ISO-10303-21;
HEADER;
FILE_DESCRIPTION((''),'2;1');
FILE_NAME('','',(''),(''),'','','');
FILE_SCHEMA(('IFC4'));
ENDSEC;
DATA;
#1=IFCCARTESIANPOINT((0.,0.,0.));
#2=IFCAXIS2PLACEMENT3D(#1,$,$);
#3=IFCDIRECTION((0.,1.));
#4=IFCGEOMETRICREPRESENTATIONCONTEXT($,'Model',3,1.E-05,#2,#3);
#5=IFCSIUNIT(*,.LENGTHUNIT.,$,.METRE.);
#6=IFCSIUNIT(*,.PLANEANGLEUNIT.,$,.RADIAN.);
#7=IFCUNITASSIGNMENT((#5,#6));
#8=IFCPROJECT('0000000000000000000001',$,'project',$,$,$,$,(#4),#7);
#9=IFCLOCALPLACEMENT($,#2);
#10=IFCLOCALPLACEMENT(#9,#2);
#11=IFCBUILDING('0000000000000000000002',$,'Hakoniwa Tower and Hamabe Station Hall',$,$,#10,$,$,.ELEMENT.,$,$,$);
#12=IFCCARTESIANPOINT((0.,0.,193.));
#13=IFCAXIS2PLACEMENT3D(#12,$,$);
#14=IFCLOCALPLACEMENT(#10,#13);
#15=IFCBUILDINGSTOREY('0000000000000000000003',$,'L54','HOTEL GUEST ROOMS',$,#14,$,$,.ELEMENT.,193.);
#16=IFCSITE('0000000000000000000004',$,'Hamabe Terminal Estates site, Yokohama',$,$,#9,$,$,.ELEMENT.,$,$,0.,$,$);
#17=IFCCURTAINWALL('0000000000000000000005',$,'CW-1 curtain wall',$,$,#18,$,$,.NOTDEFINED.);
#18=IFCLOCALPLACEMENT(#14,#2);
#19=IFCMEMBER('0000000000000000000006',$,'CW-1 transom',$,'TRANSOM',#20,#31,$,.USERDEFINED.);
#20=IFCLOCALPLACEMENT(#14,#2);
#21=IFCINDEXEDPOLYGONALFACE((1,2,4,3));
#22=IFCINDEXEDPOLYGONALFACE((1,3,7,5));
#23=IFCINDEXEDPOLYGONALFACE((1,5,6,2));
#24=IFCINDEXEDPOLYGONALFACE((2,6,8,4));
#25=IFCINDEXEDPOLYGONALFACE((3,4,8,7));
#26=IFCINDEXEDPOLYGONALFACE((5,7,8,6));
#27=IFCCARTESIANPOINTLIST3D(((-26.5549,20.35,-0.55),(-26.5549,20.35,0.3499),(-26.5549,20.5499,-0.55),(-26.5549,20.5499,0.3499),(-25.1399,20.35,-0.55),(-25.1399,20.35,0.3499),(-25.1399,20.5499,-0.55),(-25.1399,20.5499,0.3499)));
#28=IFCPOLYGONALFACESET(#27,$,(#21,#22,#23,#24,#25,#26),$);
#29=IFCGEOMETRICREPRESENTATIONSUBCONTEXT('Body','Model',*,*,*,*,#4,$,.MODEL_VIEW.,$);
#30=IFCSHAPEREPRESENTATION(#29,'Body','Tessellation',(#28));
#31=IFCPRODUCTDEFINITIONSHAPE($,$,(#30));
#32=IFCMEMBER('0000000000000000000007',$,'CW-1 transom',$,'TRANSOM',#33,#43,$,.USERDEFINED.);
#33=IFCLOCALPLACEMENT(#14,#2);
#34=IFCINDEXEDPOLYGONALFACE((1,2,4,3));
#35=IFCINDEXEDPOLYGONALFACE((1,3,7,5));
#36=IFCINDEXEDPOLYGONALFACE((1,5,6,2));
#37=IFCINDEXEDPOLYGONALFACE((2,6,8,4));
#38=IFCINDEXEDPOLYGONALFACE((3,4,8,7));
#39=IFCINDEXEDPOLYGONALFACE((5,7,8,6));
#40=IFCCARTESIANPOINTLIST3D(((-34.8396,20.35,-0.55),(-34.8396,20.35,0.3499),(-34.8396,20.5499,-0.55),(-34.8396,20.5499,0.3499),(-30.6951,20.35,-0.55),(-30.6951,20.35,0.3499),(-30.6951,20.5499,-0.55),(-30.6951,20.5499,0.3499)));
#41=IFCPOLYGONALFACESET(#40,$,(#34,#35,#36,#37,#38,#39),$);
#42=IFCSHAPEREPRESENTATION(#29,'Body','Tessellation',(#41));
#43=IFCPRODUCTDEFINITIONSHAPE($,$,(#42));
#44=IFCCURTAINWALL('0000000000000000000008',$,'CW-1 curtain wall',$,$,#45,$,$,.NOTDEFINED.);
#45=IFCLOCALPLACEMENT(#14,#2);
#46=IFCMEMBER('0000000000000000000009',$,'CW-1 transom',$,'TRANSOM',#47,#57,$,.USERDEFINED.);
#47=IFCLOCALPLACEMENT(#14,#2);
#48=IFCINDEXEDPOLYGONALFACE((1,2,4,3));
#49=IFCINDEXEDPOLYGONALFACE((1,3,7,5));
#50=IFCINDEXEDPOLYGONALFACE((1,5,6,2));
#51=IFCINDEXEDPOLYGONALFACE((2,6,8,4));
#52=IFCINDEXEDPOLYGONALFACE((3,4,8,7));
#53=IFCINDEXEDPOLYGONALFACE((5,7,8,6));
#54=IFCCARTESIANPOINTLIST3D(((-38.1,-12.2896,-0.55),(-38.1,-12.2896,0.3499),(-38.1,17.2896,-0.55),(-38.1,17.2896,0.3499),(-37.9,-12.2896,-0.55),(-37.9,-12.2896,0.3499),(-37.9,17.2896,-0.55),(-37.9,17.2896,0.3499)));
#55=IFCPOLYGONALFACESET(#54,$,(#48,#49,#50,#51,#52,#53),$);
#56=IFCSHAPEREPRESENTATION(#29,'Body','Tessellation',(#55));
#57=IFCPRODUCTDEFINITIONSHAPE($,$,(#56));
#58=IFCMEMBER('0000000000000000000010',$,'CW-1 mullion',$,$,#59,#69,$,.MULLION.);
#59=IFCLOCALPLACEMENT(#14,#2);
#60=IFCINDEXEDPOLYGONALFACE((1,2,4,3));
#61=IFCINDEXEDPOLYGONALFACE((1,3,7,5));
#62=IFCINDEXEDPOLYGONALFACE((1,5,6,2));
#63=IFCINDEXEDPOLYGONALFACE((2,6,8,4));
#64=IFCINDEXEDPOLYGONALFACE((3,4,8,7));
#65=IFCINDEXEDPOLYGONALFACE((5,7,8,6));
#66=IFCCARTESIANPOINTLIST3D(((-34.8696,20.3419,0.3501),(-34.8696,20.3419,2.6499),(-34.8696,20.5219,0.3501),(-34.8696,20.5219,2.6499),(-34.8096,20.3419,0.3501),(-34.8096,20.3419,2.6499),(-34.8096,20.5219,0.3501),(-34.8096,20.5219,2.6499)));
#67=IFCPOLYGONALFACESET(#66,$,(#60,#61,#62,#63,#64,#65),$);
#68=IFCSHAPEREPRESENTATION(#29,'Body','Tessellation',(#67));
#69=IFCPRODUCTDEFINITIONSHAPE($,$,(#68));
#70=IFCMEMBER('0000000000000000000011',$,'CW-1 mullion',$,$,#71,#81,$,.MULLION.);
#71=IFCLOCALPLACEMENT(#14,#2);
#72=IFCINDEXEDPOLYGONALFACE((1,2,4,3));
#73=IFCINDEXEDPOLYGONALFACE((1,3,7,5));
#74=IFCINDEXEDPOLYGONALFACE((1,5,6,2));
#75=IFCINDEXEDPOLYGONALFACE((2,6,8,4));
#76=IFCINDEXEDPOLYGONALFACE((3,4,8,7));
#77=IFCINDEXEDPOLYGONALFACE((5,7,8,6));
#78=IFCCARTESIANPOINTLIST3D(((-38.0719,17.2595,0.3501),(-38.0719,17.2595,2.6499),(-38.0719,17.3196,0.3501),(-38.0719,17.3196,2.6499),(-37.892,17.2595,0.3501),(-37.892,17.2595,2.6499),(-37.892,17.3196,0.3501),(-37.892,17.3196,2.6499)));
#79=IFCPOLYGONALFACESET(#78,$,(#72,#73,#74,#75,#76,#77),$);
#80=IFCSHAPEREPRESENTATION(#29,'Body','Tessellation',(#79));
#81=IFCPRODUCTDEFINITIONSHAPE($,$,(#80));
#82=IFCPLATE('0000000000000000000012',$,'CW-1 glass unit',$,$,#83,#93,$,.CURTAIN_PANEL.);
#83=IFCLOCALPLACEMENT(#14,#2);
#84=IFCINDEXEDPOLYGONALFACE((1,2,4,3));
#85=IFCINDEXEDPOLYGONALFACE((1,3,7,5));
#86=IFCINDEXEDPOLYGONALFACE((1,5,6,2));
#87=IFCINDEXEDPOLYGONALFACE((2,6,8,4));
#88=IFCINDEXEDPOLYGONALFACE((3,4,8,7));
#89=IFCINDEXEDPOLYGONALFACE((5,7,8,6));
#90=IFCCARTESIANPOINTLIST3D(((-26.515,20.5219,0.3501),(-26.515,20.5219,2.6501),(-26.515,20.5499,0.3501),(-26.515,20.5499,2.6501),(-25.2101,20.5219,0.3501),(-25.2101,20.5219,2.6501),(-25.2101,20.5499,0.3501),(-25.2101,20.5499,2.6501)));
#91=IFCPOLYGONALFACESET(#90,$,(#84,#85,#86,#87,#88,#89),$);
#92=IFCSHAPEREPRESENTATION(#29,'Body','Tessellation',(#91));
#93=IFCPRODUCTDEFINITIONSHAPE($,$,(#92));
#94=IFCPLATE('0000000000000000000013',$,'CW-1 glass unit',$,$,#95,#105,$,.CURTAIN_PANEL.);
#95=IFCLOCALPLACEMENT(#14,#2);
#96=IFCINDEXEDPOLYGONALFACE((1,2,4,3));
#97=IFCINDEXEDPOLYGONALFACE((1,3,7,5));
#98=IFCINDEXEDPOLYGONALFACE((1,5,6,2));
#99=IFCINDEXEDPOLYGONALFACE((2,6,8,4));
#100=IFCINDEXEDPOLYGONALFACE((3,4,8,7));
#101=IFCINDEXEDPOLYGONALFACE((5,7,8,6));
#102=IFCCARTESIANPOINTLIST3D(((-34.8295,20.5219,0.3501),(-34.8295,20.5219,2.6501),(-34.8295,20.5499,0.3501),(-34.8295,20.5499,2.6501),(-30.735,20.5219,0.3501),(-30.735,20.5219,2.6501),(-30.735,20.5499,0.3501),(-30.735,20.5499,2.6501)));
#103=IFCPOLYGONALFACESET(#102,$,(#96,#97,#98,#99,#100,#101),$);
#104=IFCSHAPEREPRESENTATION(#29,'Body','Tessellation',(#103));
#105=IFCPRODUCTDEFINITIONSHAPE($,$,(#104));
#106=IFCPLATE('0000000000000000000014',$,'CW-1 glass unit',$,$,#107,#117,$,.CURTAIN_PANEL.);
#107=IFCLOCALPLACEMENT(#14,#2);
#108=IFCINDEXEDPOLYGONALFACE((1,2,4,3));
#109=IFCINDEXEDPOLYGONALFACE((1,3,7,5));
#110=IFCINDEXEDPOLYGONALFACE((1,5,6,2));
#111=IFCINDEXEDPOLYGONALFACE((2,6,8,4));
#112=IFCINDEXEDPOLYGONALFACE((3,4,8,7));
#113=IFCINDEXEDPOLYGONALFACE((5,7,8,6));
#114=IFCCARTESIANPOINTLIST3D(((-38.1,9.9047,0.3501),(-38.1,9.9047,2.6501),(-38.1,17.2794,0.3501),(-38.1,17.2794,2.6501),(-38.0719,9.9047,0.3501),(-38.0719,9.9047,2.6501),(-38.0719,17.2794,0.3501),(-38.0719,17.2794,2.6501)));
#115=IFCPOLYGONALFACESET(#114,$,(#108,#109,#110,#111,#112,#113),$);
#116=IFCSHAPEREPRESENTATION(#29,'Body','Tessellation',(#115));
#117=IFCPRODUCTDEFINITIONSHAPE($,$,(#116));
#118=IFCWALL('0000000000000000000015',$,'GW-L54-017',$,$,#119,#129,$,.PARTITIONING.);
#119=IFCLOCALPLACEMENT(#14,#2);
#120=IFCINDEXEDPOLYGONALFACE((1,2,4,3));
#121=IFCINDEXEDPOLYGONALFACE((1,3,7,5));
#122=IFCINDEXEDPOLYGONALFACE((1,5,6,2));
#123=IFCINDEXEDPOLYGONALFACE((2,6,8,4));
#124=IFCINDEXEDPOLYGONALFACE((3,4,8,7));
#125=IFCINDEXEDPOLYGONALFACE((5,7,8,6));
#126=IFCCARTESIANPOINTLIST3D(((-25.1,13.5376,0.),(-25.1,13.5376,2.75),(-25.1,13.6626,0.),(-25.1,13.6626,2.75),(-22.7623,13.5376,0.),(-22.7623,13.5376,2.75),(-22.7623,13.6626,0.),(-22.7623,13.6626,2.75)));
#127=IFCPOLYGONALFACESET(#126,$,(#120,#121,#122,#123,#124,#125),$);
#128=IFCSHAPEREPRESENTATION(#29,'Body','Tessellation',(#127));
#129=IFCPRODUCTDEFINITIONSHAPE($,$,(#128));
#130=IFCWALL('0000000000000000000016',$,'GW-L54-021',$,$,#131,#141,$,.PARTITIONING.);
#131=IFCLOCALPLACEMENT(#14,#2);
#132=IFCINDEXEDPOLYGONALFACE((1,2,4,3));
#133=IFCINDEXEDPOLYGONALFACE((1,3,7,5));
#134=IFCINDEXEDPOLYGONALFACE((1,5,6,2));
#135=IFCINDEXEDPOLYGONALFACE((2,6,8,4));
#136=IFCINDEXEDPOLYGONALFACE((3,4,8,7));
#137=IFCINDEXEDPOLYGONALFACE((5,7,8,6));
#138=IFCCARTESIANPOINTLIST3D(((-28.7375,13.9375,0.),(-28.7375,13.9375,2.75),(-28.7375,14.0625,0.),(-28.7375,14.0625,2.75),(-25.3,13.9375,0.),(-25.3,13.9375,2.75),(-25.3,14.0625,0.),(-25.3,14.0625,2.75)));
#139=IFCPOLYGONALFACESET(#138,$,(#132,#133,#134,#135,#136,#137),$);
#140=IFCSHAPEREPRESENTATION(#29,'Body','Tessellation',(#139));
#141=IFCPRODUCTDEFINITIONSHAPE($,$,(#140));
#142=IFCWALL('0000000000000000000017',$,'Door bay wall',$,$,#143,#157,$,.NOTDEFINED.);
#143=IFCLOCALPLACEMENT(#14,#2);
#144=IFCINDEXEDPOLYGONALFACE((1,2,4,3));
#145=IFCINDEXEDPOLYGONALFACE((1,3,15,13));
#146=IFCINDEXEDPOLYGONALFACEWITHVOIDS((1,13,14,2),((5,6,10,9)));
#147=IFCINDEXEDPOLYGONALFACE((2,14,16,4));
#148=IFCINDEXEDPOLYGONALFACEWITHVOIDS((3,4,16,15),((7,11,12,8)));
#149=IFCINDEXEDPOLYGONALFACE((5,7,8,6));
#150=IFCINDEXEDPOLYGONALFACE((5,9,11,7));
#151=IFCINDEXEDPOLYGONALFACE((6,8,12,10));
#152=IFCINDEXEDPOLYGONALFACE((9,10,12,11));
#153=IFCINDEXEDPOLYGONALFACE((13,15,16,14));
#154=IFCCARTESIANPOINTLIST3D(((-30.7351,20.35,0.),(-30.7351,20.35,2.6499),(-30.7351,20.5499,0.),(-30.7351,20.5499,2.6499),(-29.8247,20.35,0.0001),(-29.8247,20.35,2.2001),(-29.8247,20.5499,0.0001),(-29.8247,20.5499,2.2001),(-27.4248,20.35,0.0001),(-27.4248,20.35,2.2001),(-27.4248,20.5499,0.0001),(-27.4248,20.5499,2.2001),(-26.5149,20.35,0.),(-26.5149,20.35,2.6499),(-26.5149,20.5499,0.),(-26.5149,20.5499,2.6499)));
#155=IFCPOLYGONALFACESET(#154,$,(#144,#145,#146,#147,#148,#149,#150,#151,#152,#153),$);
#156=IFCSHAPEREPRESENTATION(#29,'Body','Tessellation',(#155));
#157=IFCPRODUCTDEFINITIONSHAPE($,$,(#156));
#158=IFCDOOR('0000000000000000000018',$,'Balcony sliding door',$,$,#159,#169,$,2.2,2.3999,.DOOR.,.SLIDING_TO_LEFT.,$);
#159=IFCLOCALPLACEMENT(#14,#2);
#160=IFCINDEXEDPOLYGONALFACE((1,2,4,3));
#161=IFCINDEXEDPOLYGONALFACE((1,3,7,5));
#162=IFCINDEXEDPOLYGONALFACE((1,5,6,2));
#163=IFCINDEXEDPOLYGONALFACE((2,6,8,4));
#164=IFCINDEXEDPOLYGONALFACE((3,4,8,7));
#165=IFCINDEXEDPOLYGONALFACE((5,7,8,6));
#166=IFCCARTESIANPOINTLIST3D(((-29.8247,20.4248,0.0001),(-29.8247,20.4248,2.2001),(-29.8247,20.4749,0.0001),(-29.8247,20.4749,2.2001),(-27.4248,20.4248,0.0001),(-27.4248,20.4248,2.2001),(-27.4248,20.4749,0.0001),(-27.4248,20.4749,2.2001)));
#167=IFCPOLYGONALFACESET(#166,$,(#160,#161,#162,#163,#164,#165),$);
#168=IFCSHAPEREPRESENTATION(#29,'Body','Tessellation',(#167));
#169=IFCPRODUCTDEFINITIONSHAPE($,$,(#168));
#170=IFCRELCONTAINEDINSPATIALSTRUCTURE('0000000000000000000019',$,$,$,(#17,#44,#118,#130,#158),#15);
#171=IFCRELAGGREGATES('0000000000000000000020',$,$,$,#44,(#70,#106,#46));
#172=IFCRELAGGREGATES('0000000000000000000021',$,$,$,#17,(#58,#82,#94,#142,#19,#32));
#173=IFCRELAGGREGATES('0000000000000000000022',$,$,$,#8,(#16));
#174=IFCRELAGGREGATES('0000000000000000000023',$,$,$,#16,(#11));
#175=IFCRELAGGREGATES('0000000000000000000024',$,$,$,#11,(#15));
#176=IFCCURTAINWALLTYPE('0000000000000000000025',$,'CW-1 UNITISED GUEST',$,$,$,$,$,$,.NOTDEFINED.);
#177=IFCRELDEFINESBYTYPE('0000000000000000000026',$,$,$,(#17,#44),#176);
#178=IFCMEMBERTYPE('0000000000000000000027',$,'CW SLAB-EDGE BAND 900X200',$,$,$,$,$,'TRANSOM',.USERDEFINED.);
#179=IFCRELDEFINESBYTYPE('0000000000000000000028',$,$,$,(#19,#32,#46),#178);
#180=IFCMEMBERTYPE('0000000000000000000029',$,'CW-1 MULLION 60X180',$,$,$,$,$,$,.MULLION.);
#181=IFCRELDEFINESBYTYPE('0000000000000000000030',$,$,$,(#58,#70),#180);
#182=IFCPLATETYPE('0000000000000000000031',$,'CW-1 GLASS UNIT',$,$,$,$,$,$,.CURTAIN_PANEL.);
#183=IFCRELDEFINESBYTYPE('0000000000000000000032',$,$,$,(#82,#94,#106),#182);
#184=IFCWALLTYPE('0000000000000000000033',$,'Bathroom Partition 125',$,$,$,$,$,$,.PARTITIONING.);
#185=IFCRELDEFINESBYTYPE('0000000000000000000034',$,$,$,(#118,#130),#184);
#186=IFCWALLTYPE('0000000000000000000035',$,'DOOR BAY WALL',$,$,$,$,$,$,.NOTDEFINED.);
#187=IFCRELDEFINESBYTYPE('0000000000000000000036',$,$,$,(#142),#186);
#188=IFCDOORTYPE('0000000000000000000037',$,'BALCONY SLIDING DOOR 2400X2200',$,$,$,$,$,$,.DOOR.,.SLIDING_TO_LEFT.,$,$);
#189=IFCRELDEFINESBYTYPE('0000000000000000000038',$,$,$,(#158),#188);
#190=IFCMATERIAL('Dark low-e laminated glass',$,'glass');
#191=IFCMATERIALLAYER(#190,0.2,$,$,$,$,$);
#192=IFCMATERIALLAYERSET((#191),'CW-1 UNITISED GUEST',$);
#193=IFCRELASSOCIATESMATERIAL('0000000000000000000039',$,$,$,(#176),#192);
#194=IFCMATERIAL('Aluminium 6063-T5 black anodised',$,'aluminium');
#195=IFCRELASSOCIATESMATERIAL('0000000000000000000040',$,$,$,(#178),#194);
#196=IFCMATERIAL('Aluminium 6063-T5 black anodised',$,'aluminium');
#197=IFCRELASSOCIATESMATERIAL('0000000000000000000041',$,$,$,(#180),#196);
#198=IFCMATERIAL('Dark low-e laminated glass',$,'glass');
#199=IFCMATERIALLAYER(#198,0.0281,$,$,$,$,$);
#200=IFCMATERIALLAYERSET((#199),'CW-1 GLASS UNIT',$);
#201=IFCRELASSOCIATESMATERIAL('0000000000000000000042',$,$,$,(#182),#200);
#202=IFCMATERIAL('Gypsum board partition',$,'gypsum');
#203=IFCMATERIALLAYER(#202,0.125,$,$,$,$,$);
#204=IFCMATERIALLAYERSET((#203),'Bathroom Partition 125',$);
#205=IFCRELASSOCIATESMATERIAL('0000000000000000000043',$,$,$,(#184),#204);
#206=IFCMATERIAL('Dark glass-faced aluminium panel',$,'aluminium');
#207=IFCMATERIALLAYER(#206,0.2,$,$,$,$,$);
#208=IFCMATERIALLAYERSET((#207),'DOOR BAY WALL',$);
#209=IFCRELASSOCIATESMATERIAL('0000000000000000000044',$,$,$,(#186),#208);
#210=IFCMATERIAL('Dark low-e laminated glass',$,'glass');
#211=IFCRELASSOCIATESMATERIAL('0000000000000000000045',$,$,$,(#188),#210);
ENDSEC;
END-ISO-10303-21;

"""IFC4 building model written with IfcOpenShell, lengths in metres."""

from ifc_helpers import new_model, si_unit, direction, frame, frame_2d, origin, origin_2d, place, context, subcontext, project, spatial, rectangle, extrude, material, layer, layer_set, material_profile, profile_set, type_object, element, fill, aggregate, save


model = new_model("IFC4")

# Units and contexts
model_context = context("Model", 3, precision=1e-05, world=origin(), true_north=direction((0.0, 1.0)))
body_context = subcontext(model_context, "Body", "Model", "MODEL_VIEW")
ifc_project = project(units=[si_unit("LENGTHUNIT", "METRE"), si_unit("PLANEANGLEUNIT", "RADIAN")], contexts=[model_context])

# Site, building, storey
site_placement = place(None, origin())
site = spatial("IfcSite", under=ifc_project, at=site_placement, Name="Hamabe Terminal Estates site, Yokohama", CompositionType="ELEMENT", RefElevation=0.0)
building_placement = place(site_placement, origin())
building = spatial("IfcBuilding", under=site, at=building_placement, Name="Hakoniwa Tower and Hamabe Station Hall", CompositionType="ELEMENT")
storey_placement = place(building_placement, frame((0.0, 0.0, 193.0)))
storey = spatial("IfcBuildingStorey", under=building, at=storey_placement, Name="L54", Description="HOTEL GUEST ROOMS", CompositionType="ELEMENT", Elevation=193.0)

# Curtain wall, members
ifc_material_1 = material(Name="Dark low-e laminated glass", Category="glass")
ifc_layer_1 = layer(ifc_material_1, 0.2)
ifc_layer_set_1 = layer_set([ifc_layer_1], Name="CW-1 UNITISED GUEST")
curtain_wall_type = type_object("IfcCurtainWallType", Name="CW-1 UNITISED GUEST", PredefinedType="NOTDEFINED", material=ifc_layer_set_1)
curtain_wall_1_placement = place(storey_placement, origin())
curtain_wall_1 = element("IfcCurtainWall", 1, at=curtain_wall_1_placement, inside=storey, type_object=curtain_wall_type, Name="CW-1 curtain wall", PredefinedType="NOTDEFINED")
ifc_material_2 = material(Name="Aluminium 6063-T5 black anodised", Category="aluminium")
ifc_material_profile_1 = material_profile(ifc_material_2, rectangle(XDim=0.2, YDim=0.8999, at=origin_2d()), Name="CW SLAB-EDGE BAND 900X200")
ifc_profile_set_1 = profile_set([ifc_material_profile_1], Name="Aluminium 6063-T5 black anodised")
member_type_1 = type_object("IfcMemberType", Name="CW SLAB-EDGE BAND 900X200", ElementType="TRANSOM", PredefinedType="USERDEFINED", material=ifc_profile_set_1)
member_1_placement = place(storey_placement, frame((-25.1399, 20.45, -0.1001), z_axis=(-1.0, 0.0, 0.0), x_axis=(0.0, -1.0, 0.0)))
member_1 = element("IfcMember", 2, at=member_1_placement, type_object=member_type_1, Name="CW-1 transom", ObjectType="TRANSOM", PredefinedType="USERDEFINED", context=body_context, shape_type="SweptSolid", body=[
    extrude(rectangle(XDim=0.2, YDim=0.8999, at=origin_2d()), origin(), (0.0, 0.0, 1.0), 1.415),
])
member_2_placement = place(storey_placement, frame((-30.6951, 20.45, -0.1001), z_axis=(-1.0, 0.0, 0.0), x_axis=(0.0, -1.0, 0.0)))
member_2 = element("IfcMember", 3, at=member_2_placement, type_object=member_type_1, Name="CW-1 transom", ObjectType="TRANSOM", PredefinedType="USERDEFINED", context=body_context, shape_type="SweptSolid", body=[
    extrude(rectangle(XDim=0.2, YDim=0.8999, at=origin_2d()), origin(), (0.0, 0.0, 1.0), 4.1445),
])

# Curtain wall, member
curtain_wall_2_placement = place(storey_placement, origin())
curtain_wall_2 = element("IfcCurtainWall", 4, at=curtain_wall_2_placement, inside=storey, type_object=curtain_wall_type, Name="CW-1 curtain wall", PredefinedType="NOTDEFINED")
member_3_placement = place(storey_placement, frame((-38.0, 17.2896, -0.1001), z_axis=(0.0, -1.0, 0.0), x_axis=(1.0, 0.0, 0.0)))
member_3 = element("IfcMember", 5, at=member_3_placement, type_object=member_type_1, Name="CW-1 transom", ObjectType="TRANSOM", PredefinedType="USERDEFINED", context=body_context, shape_type="SweptSolid", body=[
    extrude(rectangle(XDim=0.2, YDim=0.8999, at=origin_2d()), origin(), (0.0, 0.0, 1.0), 29.5791),
])

# Members
ifc_material_3 = material(Name="Aluminium 6063-T5 black anodised", Category="aluminium")
ifc_material_profile_2 = material_profile(ifc_material_3, rectangle(XDim=0.0601, YDim=0.1799, at=origin_2d()), Name="CW-1 MULLION 60X180")
ifc_profile_set_2 = profile_set([ifc_material_profile_2], Name="Aluminium 6063-T5 black anodised")
member_type_2 = type_object("IfcMemberType", Name="CW-1 MULLION 60X180", PredefinedType="MULLION", material=ifc_profile_set_2)
member_4_placement = place(storey_placement, frame((-34.8396, 20.4319, 0.3501), z_axis=(0.0, 0.0, 1.0), x_axis=(-1.0, 0.0, 0.0)))
member_4 = element("IfcMember", 6, at=member_4_placement, type_object=member_type_2, Name="CW-1 mullion", PredefinedType="MULLION", context=body_context, shape_type="SweptSolid", body=[
    extrude(rectangle(XDim=0.0601, YDim=0.1799, at=origin_2d()), origin(), (0.0, 0.0, 1.0), 2.2998),
])
member_5_placement = place(storey_placement, frame((-37.9819, 17.2896, 0.3501), z_axis=(0.0, 0.0, 1.0), x_axis=(0.0, -1.0, 0.0)))
member_5 = element("IfcMember", 7, at=member_5_placement, type_object=member_type_2, Name="CW-1 mullion", PredefinedType="MULLION", context=body_context, shape_type="SweptSolid", body=[
    extrude(rectangle(XDim=0.0601, YDim=0.1799, at=origin_2d()), origin(), (0.0, 0.0, 1.0), 2.2998),
])

# Plates
ifc_material_4 = material(Name="Dark low-e laminated glass", Category="glass")
ifc_layer_2 = layer(ifc_material_4, 0.0281)
ifc_layer_set_2 = layer_set([ifc_layer_2], Name="CW-1 GLASS UNIT")
plate_type = type_object("IfcPlateType", Name="CW-1 GLASS UNIT", PredefinedType="CURTAIN_PANEL", material=ifc_layer_set_2)
plate_1_placement = place(storey_placement, frame((-25.8625, 20.5359, 0.3501), z_axis=(0.0, 0.0, 1.0), x_axis=(-1.0, 0.0, 0.0)))
plate_1 = element("IfcPlate", 8, at=plate_1_placement, type_object=plate_type, Name="CW-1 glass unit", PredefinedType="CURTAIN_PANEL", context=body_context, shape_type="SweptSolid", body=[
    extrude(rectangle(XDim=1.3049, YDim=0.0281, at=origin_2d()), origin(), (0.0, 0.0, 1.0), 2.3),
])
plate_2_placement = place(storey_placement, frame((-32.7822, 20.5359, 0.3501), z_axis=(0.0, 0.0, 1.0), x_axis=(-1.0, 0.0, 0.0)))
plate_2 = element("IfcPlate", 9, at=plate_2_placement, type_object=plate_type, Name="CW-1 glass unit", PredefinedType="CURTAIN_PANEL", context=body_context, shape_type="SweptSolid", body=[
    extrude(rectangle(XDim=4.0945, YDim=0.0281, at=origin_2d()), origin(), (0.0, 0.0, 1.0), 2.3),
])
plate_3_placement = place(storey_placement, frame((-38.0859, 13.592, 0.3501), z_axis=(0.0, 0.0, 1.0), x_axis=(0.0, -1.0, 0.0)))
plate_3 = element("IfcPlate", 10, at=plate_3_placement, type_object=plate_type, Name="CW-1 glass unit", PredefinedType="CURTAIN_PANEL", context=body_context, shape_type="SweptSolid", body=[
    extrude(rectangle(XDim=7.3748, YDim=0.0281, at=origin_2d()), origin(), (0.0, 0.0, 1.0), 2.3),
])
aggregate(curtain_wall_2, [member_5, plate_3, member_3])

# Walls
ifc_material_5 = material(Name="Gypsum board partition", Category="gypsum")
ifc_layer_3 = layer(ifc_material_5, 0.125)
ifc_layer_set_3 = layer_set([ifc_layer_3], Name="Bathroom Partition 125")
wall_type_1 = type_object("IfcWallType", Name="Bathroom Partition 125", PredefinedType="PARTITIONING", material=ifc_layer_set_3)
wall_1_placement = place(storey_placement, frame((-25.1001, 13.6001, 0.0), z_axis=(0.0, 0.0, 1.0), x_axis=(1.0, 0.0, 0.0)))
element("IfcWall", 11, at=wall_1_placement, inside=storey, type_object=wall_type_1, Name="GW-L54-017", PredefinedType="PARTITIONING", context=body_context, shape_type="SweptSolid", body=[
    extrude(rectangle(XDim=2.3376, YDim=0.125, at=frame_2d((1.1689, 0.0))), origin(), (0.0, 0.0, 1.0), 2.75),
])
wall_2_placement = place(storey_placement, frame((-28.7375, 14.0, 0.0), z_axis=(0.0, 0.0, 1.0), x_axis=(1.0, 0.0, 0.0)))
element("IfcWall", 12, at=wall_2_placement, inside=storey, type_object=wall_type_1, Name="GW-L54-021", PredefinedType="PARTITIONING", context=body_context, shape_type="SweptSolid", body=[
    extrude(rectangle(XDim=3.4375, YDim=0.125, at=frame_2d((1.7188, 0.0))), origin(), (0.0, 0.0, 1.0), 2.75),
])

# Wall, opening, door
ifc_material_6 = material(Name="Dark glass-faced aluminium panel", Category="aluminium")
ifc_layer_4 = layer(ifc_material_6, 0.2)
ifc_layer_set_4 = layer_set([ifc_layer_4], Name="DOOR BAY WALL")
wall_type_2 = type_object("IfcWallType", Name="DOOR BAY WALL", PredefinedType="NOTDEFINED", material=ifc_layer_set_4)
wall_3_placement = place(storey_placement, frame((-26.5149, 20.45, 0.0), z_axis=(0.0, 0.0, 1.0), x_axis=(-1.0, 0.0, 0.0)))
wall_3 = element("IfcWall", 13, at=wall_3_placement, type_object=wall_type_2, Name="Door bay wall", PredefinedType="NOTDEFINED", context=body_context, shape_type="SweptSolid", body=[
    extrude(rectangle(XDim=4.2202, YDim=0.2, at=frame_2d((2.1101, 0.0))), origin(), (0.0, 0.0, 1.0), 2.6499),
])
opening_placement = place(wall_3_placement, frame((0.9099, 0.0, 0.0)))
opening = element("IfcOpeningElement", 14, at=opening_placement, cuts=wall_3, PredefinedType="OPENING", context=body_context, shape_type="SweptSolid", body=[
    extrude(rectangle(XDim=2.3999, YDim=2.2, at=frame_2d((1.2, 1.1001))), frame((0.0, 0.1099, 0.0), z_axis=(0.0, -1.0, 0.0), x_axis=(1.0, 0.0, 0.0)), (0.0, 0.0, 1.0), 0.22),
])
ifc_material_7 = material(Name="Dark low-e laminated glass", Category="glass")
door_type = type_object("IfcDoorType", Name="BALCONY SLIDING DOOR 2400X2200", OperationType="SLIDING_TO_LEFT", PredefinedType="DOOR", material=ifc_material_7)
door_placement = place(opening_placement, frame((2.3999, 0.0, 0.0), z_axis=(0.0, 0.0, 1.0), x_axis=(-1.0, 0.0, 0.0)))
door = element("IfcDoor", 15, at=door_placement, inside=storey, type_object=door_type, Name="Balcony sliding door", OperationType="SLIDING_TO_LEFT", OverallHeight=2.2, OverallWidth=2.3999, PredefinedType="DOOR", context=body_context, shape_type="SweptSolid", body=[
    extrude(rectangle(XDim=2.3999, YDim=2.2, at=frame_2d((1.2, 1.1001))), frame((0.0, 0.0249, 0.0), z_axis=(0.0, -1.0, 0.0), x_axis=(1.0, 0.0, 0.0)), (0.0, 0.0, 1.0), 0.05),
])
fill(opening, door)
aggregate(curtain_wall_1, [member_4, plate_1, plate_2, wall_3, member_1, member_2])

save(model, "model.ifc")
